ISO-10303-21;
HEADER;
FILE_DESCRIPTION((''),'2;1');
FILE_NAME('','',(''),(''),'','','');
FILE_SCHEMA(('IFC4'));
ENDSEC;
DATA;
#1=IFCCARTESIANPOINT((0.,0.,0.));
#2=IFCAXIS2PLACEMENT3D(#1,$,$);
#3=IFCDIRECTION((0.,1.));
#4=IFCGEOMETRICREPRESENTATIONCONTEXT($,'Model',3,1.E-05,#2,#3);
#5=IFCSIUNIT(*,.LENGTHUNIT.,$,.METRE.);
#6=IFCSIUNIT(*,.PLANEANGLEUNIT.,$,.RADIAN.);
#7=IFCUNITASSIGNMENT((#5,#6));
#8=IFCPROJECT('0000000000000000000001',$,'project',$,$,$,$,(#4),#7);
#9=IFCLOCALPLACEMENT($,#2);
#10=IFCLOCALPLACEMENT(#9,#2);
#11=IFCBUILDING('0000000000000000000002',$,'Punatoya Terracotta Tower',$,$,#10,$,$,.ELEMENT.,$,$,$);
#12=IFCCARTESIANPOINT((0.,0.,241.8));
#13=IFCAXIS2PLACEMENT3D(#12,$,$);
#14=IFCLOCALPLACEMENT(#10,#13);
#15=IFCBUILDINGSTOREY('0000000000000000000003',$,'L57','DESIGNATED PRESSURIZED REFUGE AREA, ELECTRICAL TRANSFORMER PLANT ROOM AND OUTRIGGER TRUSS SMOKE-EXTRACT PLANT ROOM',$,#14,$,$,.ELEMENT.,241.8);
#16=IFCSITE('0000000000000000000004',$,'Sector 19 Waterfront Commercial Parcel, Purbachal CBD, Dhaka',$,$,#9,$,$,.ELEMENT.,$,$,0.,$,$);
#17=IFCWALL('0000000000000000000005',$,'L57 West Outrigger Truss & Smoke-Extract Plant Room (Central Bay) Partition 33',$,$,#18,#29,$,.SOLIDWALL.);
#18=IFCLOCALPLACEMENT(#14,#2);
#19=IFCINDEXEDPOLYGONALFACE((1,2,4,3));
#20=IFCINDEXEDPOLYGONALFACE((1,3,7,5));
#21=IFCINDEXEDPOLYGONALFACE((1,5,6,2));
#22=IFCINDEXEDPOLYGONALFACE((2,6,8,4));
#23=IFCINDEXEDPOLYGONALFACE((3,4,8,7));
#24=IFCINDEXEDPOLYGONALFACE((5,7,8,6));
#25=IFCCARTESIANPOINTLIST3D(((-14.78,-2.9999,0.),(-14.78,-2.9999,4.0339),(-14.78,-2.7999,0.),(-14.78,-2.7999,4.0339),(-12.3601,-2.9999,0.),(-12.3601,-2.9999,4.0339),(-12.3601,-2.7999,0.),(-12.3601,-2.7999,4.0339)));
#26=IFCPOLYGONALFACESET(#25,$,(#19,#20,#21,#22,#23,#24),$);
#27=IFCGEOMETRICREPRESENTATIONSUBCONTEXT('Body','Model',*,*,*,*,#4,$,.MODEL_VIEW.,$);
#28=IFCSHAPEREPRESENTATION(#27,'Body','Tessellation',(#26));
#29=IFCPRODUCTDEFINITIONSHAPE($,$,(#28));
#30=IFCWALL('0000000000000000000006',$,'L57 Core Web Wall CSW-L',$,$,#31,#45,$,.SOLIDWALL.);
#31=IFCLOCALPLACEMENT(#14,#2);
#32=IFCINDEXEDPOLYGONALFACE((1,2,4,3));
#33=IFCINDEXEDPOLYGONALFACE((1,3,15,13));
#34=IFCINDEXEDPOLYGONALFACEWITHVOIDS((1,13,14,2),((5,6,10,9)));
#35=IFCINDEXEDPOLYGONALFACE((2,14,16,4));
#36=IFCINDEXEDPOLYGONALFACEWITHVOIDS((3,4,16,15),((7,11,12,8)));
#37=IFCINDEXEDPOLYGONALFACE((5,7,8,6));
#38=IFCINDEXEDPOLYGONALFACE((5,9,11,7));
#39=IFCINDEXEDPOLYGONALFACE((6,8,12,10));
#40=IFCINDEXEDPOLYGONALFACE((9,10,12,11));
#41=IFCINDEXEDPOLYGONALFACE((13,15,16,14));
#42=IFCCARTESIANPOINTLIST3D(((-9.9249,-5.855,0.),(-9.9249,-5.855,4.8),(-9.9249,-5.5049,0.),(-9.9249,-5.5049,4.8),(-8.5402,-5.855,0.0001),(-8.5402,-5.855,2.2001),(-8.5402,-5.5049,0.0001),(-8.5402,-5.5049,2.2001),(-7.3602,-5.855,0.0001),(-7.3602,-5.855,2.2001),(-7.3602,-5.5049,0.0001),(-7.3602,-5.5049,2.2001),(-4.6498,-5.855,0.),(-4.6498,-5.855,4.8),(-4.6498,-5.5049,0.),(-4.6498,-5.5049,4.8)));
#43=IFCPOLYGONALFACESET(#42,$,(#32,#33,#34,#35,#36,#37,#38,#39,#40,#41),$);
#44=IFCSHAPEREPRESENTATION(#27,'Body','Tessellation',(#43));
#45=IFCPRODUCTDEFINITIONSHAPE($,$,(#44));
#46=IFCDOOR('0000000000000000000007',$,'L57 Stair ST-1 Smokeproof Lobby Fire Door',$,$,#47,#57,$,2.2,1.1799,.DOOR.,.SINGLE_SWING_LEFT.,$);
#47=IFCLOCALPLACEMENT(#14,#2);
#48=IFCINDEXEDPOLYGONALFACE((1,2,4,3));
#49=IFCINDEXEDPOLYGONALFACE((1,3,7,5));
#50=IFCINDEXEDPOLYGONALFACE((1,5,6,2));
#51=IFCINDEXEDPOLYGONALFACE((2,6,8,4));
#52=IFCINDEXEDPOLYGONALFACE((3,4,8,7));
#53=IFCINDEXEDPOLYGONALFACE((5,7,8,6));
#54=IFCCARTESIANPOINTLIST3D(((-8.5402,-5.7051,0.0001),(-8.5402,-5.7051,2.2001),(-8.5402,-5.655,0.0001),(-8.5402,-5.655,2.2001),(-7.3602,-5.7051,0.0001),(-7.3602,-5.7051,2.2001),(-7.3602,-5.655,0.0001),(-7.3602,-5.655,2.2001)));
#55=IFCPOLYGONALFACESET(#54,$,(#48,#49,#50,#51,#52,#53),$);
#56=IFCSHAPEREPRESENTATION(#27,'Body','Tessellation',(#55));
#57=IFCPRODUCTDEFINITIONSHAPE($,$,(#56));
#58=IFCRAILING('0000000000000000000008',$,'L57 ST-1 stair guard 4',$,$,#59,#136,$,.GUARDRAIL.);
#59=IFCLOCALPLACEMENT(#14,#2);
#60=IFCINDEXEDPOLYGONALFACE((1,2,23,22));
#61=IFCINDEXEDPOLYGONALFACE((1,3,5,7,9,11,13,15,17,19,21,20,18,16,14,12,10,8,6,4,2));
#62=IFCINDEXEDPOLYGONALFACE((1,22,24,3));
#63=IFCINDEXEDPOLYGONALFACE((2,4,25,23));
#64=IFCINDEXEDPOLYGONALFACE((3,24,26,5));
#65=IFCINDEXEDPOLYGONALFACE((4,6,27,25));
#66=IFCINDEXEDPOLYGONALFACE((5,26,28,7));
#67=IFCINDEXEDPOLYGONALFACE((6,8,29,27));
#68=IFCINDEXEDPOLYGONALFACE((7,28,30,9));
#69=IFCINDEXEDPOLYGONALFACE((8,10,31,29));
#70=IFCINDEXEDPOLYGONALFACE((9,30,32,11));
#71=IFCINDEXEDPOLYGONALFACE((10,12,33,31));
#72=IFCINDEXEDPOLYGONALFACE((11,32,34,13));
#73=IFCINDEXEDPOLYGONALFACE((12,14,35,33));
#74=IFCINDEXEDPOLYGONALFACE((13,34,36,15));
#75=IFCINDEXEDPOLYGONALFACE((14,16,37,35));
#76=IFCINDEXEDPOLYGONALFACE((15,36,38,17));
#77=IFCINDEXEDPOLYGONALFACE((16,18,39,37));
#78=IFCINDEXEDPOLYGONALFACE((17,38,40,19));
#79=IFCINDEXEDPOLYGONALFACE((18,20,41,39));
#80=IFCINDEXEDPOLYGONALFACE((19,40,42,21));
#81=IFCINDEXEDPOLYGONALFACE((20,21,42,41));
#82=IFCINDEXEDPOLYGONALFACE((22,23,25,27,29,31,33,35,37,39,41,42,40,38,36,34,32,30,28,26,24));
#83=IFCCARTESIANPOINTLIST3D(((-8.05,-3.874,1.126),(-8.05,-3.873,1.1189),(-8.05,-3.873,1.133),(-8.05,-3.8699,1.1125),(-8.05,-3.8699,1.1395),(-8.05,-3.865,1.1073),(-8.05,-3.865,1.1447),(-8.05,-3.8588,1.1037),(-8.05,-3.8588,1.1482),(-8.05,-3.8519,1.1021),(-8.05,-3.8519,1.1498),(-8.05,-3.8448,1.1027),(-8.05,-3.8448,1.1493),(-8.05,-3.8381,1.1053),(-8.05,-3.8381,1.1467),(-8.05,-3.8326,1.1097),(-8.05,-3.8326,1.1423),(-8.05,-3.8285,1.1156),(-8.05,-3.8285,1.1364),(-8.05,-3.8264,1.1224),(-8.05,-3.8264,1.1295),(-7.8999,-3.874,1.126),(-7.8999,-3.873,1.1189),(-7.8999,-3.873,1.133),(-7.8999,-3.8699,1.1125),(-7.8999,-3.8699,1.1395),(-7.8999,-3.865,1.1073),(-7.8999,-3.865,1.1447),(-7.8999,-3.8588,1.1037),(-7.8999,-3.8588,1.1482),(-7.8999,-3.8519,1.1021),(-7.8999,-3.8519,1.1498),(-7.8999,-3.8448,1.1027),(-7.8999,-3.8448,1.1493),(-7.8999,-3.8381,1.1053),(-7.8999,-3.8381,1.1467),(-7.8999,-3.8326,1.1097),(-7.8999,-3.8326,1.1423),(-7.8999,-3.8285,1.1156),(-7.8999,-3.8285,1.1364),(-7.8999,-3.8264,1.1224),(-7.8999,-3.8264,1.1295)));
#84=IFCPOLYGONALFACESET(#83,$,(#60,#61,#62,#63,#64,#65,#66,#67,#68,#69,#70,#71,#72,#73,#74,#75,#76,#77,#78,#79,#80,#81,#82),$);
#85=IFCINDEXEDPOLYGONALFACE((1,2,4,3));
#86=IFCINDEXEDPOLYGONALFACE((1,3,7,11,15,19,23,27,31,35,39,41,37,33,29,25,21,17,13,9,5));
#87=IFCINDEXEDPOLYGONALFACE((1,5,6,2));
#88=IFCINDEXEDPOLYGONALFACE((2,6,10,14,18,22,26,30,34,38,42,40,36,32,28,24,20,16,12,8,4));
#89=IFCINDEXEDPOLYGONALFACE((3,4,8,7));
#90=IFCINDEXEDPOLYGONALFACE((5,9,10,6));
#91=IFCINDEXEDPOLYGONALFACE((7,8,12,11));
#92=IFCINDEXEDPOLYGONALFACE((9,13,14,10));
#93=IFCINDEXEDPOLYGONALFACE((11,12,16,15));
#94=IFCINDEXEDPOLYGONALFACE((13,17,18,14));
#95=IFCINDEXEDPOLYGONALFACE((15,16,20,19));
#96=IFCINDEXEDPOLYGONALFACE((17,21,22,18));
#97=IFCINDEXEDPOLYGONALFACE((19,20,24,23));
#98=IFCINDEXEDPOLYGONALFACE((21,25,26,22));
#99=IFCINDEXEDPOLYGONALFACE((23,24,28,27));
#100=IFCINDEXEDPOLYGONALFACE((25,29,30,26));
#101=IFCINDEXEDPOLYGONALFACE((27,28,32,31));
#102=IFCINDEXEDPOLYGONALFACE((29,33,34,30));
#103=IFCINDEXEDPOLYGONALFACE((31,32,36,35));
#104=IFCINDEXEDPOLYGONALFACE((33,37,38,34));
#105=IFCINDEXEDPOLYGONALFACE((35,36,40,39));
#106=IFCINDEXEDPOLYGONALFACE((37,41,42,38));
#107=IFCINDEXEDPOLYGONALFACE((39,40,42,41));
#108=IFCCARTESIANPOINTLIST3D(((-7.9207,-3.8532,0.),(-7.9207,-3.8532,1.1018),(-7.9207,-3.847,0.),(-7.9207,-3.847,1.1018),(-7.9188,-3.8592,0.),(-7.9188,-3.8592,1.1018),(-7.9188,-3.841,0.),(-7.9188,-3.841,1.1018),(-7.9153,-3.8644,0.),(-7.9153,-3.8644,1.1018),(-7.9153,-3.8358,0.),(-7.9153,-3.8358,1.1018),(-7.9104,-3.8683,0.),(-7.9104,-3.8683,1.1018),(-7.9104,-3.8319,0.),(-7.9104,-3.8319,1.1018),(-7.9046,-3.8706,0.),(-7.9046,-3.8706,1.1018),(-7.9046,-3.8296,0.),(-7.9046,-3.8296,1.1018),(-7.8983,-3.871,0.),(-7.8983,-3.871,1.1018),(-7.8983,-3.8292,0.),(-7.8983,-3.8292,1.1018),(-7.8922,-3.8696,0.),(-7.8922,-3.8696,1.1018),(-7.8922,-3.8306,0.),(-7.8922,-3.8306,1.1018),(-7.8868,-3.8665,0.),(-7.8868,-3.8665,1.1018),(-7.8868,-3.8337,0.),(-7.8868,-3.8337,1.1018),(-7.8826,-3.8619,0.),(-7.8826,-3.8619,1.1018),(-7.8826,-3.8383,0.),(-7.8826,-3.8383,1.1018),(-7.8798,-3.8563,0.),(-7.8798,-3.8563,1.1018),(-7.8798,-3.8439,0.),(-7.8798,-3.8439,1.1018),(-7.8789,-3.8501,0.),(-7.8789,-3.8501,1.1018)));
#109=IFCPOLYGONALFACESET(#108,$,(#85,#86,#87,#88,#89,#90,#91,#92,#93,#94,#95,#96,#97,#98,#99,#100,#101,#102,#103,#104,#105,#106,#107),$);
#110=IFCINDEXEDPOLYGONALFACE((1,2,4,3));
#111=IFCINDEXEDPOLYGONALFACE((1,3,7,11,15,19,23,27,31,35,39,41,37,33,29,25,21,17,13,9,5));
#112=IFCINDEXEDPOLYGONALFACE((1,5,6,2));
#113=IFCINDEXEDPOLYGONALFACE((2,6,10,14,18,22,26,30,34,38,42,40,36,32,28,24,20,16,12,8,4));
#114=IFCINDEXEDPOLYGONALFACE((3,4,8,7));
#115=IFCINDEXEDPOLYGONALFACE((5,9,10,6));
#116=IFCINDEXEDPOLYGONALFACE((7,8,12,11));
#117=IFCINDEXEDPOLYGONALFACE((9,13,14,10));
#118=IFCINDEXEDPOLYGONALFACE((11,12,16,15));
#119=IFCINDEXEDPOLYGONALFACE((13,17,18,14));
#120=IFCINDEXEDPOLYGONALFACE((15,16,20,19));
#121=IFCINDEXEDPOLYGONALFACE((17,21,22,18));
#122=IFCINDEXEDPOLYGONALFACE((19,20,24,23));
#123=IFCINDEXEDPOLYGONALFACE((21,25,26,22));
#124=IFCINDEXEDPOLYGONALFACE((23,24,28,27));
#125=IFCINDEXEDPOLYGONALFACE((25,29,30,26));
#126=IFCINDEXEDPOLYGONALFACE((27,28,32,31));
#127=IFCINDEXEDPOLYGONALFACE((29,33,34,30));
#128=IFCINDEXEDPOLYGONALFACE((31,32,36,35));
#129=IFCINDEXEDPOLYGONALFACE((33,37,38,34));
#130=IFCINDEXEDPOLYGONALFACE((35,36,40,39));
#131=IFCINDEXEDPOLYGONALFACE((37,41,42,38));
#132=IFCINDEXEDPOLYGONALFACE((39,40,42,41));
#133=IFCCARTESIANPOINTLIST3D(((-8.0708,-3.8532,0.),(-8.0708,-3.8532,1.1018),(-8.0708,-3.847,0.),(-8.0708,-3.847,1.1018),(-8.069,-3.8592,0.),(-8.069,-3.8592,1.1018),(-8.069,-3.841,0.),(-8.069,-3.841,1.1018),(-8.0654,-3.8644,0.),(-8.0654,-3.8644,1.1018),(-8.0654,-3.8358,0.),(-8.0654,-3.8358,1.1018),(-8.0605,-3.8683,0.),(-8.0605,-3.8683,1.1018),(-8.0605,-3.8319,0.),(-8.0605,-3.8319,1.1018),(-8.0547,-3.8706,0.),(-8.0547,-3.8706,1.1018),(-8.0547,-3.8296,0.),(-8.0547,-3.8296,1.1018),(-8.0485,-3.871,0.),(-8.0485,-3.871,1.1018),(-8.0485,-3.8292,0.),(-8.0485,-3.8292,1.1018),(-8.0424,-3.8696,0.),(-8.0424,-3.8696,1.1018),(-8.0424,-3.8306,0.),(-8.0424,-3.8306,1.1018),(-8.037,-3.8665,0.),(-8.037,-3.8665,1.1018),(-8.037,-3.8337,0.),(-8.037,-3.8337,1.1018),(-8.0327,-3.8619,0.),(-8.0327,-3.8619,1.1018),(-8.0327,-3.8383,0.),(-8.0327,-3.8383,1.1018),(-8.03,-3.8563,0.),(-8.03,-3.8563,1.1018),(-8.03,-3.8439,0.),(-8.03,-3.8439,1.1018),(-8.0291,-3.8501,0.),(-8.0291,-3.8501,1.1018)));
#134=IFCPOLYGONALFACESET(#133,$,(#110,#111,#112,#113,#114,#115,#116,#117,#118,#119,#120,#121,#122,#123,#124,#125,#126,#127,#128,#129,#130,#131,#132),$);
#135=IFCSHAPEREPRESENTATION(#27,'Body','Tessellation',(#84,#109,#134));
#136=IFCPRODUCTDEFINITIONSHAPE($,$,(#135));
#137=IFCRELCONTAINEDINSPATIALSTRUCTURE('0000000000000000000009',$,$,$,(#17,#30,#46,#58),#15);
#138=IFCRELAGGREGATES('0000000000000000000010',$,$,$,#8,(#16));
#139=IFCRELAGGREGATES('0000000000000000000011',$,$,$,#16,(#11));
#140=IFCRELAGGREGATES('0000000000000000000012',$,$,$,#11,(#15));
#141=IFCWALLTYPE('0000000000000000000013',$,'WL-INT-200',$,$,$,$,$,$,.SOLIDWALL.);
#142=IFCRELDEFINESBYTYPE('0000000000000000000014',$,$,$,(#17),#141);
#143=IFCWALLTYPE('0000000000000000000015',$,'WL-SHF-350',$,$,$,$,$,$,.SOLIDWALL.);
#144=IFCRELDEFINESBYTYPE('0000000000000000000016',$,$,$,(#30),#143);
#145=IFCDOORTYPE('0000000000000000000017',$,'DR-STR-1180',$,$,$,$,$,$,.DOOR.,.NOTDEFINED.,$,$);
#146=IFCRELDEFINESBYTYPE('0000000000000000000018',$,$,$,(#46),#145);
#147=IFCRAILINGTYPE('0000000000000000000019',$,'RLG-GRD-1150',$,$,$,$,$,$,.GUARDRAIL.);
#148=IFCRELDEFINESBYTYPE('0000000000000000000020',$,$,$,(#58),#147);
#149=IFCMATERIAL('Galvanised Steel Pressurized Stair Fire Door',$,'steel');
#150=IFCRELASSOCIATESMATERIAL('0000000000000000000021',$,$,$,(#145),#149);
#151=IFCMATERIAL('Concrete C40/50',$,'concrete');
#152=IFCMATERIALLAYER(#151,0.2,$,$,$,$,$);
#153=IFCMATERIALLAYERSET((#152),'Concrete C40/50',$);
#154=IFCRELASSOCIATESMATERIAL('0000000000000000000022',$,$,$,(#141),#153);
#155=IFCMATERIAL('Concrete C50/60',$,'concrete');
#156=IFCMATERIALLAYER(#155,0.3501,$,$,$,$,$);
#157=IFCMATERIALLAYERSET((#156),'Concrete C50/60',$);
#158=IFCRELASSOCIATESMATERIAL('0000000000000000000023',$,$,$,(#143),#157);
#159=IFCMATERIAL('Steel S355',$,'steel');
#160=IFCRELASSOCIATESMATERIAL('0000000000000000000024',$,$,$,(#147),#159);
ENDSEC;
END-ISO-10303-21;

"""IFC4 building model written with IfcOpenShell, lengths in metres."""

from ifc_helpers import new_model, si_unit, direction, frame, frame_2d, origin, origin_2d, place, context, subcontext, project, spatial, rectangle, circle, extrude, material, layer, layer_set, type_object, element, fill, save


model = new_model("IFC4")

# Units and contexts
model_context = context("Model", 3, precision=1e-05, world=origin(), true_north=direction((0.0, 1.0)))
body_context = subcontext(model_context, "Body", "Model", "MODEL_VIEW")
ifc_project = project(units=[si_unit("LENGTHUNIT", "METRE"), si_unit("PLANEANGLEUNIT", "RADIAN")], contexts=[model_context])

# Site, building, storey
site_placement = place(None, origin())
site = spatial("IfcSite", under=ifc_project, at=site_placement, Name="Sector 19 Waterfront Commercial Parcel, Purbachal CBD, Dhaka", CompositionType="ELEMENT", RefElevation=0.0)
building_placement = place(site_placement, origin())
building = spatial("IfcBuilding", under=site, at=building_placement, Name="Punatoya Terracotta Tower", CompositionType="ELEMENT")
storey_placement = place(building_placement, frame((0.0, 0.0, 241.8)))
storey = spatial("IfcBuildingStorey", under=building, at=storey_placement, Name="L57", Description="DESIGNATED PRESSURIZED REFUGE AREA, ELECTRICAL TRANSFORMER PLANT ROOM AND OUTRIGGER TRUSS SMOKE-EXTRACT PLANT ROOM", CompositionType="ELEMENT", Elevation=241.8)

# Shared definitions
ifc_material_1 = material(Name="Steel S355", Category="steel")

# Shared definitions
ifc_material_2 = material(Name="Concrete C50/60", Category="concrete")
ifc_material_3 = material(Name="Galvanised Steel Pressurized Stair Fire Door", Category="steel")
door_type_1 = type_object("IfcDoorType", Name="DR-STR-1180", OperationType="NOTDEFINED", PredefinedType="DOOR", material=ifc_material_3)

# Shared definitions
ifc_material_4 = material(Name="Concrete C40/50", Category="concrete")
ifc_layer_1 = layer(ifc_material_4, 0.2)
ifc_layer_set_1 = layer_set([ifc_layer_1], Name="Concrete C40/50")
wall_type_1 = type_object("IfcWallType", Name="WL-INT-200", PredefinedType="SOLIDWALL", material=ifc_layer_set_1)

# Wall
wall_1_placement = place(storey_placement, frame((-12.3601, -2.8999, 0.0), z_axis=(0.0, 0.0, 1.0), x_axis=(-1.0, 0.0, 0.0)))
element("IfcWall", 1, at=wall_1_placement, inside=storey, type_object=wall_type_1, Name="L57 West Outrigger Truss & Smoke-Extract Plant Room (Central Bay) Partition 33", PredefinedType="SOLIDWALL", context=body_context, shape_type="SweptSolid", body=[
    extrude(rectangle(XDim=2.4199, YDim=0.2, at=frame_2d((1.21, 0.0))), origin(), (0.0, 0.0, 1.0), 4.0339),
])

# Wall, opening, door
ifc_layer_2 = layer(ifc_material_2, 0.3501)
ifc_layer_set_2 = layer_set([ifc_layer_2], Name="Concrete C50/60")
wall_type_2 = type_object("IfcWallType", Name="WL-SHF-350", PredefinedType="SOLIDWALL", material=ifc_layer_set_2)
wall_2_placement = place(storey_placement, frame((-9.925, -5.6799, 0.0), z_axis=(0.0, 0.0, 1.0), x_axis=(1.0, 0.0, 0.0)))
wall_2 = element("IfcWall", 2, at=wall_2_placement, inside=storey, type_object=wall_type_2, Name="L57 Core Web Wall CSW-L", PredefinedType="SOLIDWALL", context=body_context, shape_type="SweptSolid", body=[
    extrude(rectangle(XDim=5.2751, YDim=0.3501, at=frame_2d((2.6377, 0.0))), origin(), (0.0, 0.0, 1.0), 4.8),
])
opening_1_placement = place(wall_2_placement, frame((1.385, 0.0, 0.0)))
opening_1 = element("IfcOpeningElement", 3, at=opening_1_placement, cuts=wall_2, PredefinedType="OPENING", context=body_context, shape_type="SweptSolid", body=[
    extrude(rectangle(XDim=1.1799, YDim=2.2, at=frame_2d((0.5898, 1.1001))), frame((0.0, 0.1851, 0.0), z_axis=(0.0, -1.0, 0.0), x_axis=(1.0, 0.0, 0.0)), (0.0, 0.0, 1.0), 0.3701),
])
door_1_placement = place(opening_1_placement, origin())
door_1 = element("IfcDoor", 4, at=door_1_placement, inside=storey, type_object=door_type_1, Name="L57 Stair ST-1 Smokeproof Lobby Fire Door", OperationType="SINGLE_SWING_LEFT", OverallHeight=2.2, OverallWidth=1.1799, PredefinedType="DOOR", context=body_context, shape_type="SweptSolid", body=[
    extrude(rectangle(XDim=1.1799, YDim=2.2, at=frame_2d((0.5898, 1.1001))), frame((0.0, 0.0249, 0.0), z_axis=(0.0, -1.0, 0.0), x_axis=(1.0, 0.0, 0.0)), (0.0, 0.0, 1.0), 0.05),
])
fill(opening_1, door_1)

# Railing
railing_type = type_object("IfcRailingType", Name="RLG-GRD-1150", PredefinedType="GUARDRAIL", material=ifc_material_1)
railing_placement = place(storey_placement, frame((-7.8999, -3.8501, 0.0)))
element("IfcRailing", 5, at=railing_placement, inside=storey, type_object=railing_type, Name="L57 ST-1 stair guard 4", PredefinedType="GUARDRAIL", context=body_context, shape_type="SweptSolid", body=[
    extrude(circle(Radius=0.0239, at=origin_2d()), frame((0.0, 0.0, 1.126), z_axis=(-1.0, 0.0, 0.0), x_axis=(0.0, -1.0, 0.0)), (0.0, 0.0, 1.0), 0.1501),
    extrude(circle(Radius=0.021, at=origin_2d()), origin(), (0.0, 0.0, 1.0), 1.1018),
    extrude(circle(Radius=0.021, at=origin_2d()), frame((-0.1501, 0.0, 0.0)), (0.0, 0.0, 1.0), 1.1018),
])

save(model, "model.ifc")
